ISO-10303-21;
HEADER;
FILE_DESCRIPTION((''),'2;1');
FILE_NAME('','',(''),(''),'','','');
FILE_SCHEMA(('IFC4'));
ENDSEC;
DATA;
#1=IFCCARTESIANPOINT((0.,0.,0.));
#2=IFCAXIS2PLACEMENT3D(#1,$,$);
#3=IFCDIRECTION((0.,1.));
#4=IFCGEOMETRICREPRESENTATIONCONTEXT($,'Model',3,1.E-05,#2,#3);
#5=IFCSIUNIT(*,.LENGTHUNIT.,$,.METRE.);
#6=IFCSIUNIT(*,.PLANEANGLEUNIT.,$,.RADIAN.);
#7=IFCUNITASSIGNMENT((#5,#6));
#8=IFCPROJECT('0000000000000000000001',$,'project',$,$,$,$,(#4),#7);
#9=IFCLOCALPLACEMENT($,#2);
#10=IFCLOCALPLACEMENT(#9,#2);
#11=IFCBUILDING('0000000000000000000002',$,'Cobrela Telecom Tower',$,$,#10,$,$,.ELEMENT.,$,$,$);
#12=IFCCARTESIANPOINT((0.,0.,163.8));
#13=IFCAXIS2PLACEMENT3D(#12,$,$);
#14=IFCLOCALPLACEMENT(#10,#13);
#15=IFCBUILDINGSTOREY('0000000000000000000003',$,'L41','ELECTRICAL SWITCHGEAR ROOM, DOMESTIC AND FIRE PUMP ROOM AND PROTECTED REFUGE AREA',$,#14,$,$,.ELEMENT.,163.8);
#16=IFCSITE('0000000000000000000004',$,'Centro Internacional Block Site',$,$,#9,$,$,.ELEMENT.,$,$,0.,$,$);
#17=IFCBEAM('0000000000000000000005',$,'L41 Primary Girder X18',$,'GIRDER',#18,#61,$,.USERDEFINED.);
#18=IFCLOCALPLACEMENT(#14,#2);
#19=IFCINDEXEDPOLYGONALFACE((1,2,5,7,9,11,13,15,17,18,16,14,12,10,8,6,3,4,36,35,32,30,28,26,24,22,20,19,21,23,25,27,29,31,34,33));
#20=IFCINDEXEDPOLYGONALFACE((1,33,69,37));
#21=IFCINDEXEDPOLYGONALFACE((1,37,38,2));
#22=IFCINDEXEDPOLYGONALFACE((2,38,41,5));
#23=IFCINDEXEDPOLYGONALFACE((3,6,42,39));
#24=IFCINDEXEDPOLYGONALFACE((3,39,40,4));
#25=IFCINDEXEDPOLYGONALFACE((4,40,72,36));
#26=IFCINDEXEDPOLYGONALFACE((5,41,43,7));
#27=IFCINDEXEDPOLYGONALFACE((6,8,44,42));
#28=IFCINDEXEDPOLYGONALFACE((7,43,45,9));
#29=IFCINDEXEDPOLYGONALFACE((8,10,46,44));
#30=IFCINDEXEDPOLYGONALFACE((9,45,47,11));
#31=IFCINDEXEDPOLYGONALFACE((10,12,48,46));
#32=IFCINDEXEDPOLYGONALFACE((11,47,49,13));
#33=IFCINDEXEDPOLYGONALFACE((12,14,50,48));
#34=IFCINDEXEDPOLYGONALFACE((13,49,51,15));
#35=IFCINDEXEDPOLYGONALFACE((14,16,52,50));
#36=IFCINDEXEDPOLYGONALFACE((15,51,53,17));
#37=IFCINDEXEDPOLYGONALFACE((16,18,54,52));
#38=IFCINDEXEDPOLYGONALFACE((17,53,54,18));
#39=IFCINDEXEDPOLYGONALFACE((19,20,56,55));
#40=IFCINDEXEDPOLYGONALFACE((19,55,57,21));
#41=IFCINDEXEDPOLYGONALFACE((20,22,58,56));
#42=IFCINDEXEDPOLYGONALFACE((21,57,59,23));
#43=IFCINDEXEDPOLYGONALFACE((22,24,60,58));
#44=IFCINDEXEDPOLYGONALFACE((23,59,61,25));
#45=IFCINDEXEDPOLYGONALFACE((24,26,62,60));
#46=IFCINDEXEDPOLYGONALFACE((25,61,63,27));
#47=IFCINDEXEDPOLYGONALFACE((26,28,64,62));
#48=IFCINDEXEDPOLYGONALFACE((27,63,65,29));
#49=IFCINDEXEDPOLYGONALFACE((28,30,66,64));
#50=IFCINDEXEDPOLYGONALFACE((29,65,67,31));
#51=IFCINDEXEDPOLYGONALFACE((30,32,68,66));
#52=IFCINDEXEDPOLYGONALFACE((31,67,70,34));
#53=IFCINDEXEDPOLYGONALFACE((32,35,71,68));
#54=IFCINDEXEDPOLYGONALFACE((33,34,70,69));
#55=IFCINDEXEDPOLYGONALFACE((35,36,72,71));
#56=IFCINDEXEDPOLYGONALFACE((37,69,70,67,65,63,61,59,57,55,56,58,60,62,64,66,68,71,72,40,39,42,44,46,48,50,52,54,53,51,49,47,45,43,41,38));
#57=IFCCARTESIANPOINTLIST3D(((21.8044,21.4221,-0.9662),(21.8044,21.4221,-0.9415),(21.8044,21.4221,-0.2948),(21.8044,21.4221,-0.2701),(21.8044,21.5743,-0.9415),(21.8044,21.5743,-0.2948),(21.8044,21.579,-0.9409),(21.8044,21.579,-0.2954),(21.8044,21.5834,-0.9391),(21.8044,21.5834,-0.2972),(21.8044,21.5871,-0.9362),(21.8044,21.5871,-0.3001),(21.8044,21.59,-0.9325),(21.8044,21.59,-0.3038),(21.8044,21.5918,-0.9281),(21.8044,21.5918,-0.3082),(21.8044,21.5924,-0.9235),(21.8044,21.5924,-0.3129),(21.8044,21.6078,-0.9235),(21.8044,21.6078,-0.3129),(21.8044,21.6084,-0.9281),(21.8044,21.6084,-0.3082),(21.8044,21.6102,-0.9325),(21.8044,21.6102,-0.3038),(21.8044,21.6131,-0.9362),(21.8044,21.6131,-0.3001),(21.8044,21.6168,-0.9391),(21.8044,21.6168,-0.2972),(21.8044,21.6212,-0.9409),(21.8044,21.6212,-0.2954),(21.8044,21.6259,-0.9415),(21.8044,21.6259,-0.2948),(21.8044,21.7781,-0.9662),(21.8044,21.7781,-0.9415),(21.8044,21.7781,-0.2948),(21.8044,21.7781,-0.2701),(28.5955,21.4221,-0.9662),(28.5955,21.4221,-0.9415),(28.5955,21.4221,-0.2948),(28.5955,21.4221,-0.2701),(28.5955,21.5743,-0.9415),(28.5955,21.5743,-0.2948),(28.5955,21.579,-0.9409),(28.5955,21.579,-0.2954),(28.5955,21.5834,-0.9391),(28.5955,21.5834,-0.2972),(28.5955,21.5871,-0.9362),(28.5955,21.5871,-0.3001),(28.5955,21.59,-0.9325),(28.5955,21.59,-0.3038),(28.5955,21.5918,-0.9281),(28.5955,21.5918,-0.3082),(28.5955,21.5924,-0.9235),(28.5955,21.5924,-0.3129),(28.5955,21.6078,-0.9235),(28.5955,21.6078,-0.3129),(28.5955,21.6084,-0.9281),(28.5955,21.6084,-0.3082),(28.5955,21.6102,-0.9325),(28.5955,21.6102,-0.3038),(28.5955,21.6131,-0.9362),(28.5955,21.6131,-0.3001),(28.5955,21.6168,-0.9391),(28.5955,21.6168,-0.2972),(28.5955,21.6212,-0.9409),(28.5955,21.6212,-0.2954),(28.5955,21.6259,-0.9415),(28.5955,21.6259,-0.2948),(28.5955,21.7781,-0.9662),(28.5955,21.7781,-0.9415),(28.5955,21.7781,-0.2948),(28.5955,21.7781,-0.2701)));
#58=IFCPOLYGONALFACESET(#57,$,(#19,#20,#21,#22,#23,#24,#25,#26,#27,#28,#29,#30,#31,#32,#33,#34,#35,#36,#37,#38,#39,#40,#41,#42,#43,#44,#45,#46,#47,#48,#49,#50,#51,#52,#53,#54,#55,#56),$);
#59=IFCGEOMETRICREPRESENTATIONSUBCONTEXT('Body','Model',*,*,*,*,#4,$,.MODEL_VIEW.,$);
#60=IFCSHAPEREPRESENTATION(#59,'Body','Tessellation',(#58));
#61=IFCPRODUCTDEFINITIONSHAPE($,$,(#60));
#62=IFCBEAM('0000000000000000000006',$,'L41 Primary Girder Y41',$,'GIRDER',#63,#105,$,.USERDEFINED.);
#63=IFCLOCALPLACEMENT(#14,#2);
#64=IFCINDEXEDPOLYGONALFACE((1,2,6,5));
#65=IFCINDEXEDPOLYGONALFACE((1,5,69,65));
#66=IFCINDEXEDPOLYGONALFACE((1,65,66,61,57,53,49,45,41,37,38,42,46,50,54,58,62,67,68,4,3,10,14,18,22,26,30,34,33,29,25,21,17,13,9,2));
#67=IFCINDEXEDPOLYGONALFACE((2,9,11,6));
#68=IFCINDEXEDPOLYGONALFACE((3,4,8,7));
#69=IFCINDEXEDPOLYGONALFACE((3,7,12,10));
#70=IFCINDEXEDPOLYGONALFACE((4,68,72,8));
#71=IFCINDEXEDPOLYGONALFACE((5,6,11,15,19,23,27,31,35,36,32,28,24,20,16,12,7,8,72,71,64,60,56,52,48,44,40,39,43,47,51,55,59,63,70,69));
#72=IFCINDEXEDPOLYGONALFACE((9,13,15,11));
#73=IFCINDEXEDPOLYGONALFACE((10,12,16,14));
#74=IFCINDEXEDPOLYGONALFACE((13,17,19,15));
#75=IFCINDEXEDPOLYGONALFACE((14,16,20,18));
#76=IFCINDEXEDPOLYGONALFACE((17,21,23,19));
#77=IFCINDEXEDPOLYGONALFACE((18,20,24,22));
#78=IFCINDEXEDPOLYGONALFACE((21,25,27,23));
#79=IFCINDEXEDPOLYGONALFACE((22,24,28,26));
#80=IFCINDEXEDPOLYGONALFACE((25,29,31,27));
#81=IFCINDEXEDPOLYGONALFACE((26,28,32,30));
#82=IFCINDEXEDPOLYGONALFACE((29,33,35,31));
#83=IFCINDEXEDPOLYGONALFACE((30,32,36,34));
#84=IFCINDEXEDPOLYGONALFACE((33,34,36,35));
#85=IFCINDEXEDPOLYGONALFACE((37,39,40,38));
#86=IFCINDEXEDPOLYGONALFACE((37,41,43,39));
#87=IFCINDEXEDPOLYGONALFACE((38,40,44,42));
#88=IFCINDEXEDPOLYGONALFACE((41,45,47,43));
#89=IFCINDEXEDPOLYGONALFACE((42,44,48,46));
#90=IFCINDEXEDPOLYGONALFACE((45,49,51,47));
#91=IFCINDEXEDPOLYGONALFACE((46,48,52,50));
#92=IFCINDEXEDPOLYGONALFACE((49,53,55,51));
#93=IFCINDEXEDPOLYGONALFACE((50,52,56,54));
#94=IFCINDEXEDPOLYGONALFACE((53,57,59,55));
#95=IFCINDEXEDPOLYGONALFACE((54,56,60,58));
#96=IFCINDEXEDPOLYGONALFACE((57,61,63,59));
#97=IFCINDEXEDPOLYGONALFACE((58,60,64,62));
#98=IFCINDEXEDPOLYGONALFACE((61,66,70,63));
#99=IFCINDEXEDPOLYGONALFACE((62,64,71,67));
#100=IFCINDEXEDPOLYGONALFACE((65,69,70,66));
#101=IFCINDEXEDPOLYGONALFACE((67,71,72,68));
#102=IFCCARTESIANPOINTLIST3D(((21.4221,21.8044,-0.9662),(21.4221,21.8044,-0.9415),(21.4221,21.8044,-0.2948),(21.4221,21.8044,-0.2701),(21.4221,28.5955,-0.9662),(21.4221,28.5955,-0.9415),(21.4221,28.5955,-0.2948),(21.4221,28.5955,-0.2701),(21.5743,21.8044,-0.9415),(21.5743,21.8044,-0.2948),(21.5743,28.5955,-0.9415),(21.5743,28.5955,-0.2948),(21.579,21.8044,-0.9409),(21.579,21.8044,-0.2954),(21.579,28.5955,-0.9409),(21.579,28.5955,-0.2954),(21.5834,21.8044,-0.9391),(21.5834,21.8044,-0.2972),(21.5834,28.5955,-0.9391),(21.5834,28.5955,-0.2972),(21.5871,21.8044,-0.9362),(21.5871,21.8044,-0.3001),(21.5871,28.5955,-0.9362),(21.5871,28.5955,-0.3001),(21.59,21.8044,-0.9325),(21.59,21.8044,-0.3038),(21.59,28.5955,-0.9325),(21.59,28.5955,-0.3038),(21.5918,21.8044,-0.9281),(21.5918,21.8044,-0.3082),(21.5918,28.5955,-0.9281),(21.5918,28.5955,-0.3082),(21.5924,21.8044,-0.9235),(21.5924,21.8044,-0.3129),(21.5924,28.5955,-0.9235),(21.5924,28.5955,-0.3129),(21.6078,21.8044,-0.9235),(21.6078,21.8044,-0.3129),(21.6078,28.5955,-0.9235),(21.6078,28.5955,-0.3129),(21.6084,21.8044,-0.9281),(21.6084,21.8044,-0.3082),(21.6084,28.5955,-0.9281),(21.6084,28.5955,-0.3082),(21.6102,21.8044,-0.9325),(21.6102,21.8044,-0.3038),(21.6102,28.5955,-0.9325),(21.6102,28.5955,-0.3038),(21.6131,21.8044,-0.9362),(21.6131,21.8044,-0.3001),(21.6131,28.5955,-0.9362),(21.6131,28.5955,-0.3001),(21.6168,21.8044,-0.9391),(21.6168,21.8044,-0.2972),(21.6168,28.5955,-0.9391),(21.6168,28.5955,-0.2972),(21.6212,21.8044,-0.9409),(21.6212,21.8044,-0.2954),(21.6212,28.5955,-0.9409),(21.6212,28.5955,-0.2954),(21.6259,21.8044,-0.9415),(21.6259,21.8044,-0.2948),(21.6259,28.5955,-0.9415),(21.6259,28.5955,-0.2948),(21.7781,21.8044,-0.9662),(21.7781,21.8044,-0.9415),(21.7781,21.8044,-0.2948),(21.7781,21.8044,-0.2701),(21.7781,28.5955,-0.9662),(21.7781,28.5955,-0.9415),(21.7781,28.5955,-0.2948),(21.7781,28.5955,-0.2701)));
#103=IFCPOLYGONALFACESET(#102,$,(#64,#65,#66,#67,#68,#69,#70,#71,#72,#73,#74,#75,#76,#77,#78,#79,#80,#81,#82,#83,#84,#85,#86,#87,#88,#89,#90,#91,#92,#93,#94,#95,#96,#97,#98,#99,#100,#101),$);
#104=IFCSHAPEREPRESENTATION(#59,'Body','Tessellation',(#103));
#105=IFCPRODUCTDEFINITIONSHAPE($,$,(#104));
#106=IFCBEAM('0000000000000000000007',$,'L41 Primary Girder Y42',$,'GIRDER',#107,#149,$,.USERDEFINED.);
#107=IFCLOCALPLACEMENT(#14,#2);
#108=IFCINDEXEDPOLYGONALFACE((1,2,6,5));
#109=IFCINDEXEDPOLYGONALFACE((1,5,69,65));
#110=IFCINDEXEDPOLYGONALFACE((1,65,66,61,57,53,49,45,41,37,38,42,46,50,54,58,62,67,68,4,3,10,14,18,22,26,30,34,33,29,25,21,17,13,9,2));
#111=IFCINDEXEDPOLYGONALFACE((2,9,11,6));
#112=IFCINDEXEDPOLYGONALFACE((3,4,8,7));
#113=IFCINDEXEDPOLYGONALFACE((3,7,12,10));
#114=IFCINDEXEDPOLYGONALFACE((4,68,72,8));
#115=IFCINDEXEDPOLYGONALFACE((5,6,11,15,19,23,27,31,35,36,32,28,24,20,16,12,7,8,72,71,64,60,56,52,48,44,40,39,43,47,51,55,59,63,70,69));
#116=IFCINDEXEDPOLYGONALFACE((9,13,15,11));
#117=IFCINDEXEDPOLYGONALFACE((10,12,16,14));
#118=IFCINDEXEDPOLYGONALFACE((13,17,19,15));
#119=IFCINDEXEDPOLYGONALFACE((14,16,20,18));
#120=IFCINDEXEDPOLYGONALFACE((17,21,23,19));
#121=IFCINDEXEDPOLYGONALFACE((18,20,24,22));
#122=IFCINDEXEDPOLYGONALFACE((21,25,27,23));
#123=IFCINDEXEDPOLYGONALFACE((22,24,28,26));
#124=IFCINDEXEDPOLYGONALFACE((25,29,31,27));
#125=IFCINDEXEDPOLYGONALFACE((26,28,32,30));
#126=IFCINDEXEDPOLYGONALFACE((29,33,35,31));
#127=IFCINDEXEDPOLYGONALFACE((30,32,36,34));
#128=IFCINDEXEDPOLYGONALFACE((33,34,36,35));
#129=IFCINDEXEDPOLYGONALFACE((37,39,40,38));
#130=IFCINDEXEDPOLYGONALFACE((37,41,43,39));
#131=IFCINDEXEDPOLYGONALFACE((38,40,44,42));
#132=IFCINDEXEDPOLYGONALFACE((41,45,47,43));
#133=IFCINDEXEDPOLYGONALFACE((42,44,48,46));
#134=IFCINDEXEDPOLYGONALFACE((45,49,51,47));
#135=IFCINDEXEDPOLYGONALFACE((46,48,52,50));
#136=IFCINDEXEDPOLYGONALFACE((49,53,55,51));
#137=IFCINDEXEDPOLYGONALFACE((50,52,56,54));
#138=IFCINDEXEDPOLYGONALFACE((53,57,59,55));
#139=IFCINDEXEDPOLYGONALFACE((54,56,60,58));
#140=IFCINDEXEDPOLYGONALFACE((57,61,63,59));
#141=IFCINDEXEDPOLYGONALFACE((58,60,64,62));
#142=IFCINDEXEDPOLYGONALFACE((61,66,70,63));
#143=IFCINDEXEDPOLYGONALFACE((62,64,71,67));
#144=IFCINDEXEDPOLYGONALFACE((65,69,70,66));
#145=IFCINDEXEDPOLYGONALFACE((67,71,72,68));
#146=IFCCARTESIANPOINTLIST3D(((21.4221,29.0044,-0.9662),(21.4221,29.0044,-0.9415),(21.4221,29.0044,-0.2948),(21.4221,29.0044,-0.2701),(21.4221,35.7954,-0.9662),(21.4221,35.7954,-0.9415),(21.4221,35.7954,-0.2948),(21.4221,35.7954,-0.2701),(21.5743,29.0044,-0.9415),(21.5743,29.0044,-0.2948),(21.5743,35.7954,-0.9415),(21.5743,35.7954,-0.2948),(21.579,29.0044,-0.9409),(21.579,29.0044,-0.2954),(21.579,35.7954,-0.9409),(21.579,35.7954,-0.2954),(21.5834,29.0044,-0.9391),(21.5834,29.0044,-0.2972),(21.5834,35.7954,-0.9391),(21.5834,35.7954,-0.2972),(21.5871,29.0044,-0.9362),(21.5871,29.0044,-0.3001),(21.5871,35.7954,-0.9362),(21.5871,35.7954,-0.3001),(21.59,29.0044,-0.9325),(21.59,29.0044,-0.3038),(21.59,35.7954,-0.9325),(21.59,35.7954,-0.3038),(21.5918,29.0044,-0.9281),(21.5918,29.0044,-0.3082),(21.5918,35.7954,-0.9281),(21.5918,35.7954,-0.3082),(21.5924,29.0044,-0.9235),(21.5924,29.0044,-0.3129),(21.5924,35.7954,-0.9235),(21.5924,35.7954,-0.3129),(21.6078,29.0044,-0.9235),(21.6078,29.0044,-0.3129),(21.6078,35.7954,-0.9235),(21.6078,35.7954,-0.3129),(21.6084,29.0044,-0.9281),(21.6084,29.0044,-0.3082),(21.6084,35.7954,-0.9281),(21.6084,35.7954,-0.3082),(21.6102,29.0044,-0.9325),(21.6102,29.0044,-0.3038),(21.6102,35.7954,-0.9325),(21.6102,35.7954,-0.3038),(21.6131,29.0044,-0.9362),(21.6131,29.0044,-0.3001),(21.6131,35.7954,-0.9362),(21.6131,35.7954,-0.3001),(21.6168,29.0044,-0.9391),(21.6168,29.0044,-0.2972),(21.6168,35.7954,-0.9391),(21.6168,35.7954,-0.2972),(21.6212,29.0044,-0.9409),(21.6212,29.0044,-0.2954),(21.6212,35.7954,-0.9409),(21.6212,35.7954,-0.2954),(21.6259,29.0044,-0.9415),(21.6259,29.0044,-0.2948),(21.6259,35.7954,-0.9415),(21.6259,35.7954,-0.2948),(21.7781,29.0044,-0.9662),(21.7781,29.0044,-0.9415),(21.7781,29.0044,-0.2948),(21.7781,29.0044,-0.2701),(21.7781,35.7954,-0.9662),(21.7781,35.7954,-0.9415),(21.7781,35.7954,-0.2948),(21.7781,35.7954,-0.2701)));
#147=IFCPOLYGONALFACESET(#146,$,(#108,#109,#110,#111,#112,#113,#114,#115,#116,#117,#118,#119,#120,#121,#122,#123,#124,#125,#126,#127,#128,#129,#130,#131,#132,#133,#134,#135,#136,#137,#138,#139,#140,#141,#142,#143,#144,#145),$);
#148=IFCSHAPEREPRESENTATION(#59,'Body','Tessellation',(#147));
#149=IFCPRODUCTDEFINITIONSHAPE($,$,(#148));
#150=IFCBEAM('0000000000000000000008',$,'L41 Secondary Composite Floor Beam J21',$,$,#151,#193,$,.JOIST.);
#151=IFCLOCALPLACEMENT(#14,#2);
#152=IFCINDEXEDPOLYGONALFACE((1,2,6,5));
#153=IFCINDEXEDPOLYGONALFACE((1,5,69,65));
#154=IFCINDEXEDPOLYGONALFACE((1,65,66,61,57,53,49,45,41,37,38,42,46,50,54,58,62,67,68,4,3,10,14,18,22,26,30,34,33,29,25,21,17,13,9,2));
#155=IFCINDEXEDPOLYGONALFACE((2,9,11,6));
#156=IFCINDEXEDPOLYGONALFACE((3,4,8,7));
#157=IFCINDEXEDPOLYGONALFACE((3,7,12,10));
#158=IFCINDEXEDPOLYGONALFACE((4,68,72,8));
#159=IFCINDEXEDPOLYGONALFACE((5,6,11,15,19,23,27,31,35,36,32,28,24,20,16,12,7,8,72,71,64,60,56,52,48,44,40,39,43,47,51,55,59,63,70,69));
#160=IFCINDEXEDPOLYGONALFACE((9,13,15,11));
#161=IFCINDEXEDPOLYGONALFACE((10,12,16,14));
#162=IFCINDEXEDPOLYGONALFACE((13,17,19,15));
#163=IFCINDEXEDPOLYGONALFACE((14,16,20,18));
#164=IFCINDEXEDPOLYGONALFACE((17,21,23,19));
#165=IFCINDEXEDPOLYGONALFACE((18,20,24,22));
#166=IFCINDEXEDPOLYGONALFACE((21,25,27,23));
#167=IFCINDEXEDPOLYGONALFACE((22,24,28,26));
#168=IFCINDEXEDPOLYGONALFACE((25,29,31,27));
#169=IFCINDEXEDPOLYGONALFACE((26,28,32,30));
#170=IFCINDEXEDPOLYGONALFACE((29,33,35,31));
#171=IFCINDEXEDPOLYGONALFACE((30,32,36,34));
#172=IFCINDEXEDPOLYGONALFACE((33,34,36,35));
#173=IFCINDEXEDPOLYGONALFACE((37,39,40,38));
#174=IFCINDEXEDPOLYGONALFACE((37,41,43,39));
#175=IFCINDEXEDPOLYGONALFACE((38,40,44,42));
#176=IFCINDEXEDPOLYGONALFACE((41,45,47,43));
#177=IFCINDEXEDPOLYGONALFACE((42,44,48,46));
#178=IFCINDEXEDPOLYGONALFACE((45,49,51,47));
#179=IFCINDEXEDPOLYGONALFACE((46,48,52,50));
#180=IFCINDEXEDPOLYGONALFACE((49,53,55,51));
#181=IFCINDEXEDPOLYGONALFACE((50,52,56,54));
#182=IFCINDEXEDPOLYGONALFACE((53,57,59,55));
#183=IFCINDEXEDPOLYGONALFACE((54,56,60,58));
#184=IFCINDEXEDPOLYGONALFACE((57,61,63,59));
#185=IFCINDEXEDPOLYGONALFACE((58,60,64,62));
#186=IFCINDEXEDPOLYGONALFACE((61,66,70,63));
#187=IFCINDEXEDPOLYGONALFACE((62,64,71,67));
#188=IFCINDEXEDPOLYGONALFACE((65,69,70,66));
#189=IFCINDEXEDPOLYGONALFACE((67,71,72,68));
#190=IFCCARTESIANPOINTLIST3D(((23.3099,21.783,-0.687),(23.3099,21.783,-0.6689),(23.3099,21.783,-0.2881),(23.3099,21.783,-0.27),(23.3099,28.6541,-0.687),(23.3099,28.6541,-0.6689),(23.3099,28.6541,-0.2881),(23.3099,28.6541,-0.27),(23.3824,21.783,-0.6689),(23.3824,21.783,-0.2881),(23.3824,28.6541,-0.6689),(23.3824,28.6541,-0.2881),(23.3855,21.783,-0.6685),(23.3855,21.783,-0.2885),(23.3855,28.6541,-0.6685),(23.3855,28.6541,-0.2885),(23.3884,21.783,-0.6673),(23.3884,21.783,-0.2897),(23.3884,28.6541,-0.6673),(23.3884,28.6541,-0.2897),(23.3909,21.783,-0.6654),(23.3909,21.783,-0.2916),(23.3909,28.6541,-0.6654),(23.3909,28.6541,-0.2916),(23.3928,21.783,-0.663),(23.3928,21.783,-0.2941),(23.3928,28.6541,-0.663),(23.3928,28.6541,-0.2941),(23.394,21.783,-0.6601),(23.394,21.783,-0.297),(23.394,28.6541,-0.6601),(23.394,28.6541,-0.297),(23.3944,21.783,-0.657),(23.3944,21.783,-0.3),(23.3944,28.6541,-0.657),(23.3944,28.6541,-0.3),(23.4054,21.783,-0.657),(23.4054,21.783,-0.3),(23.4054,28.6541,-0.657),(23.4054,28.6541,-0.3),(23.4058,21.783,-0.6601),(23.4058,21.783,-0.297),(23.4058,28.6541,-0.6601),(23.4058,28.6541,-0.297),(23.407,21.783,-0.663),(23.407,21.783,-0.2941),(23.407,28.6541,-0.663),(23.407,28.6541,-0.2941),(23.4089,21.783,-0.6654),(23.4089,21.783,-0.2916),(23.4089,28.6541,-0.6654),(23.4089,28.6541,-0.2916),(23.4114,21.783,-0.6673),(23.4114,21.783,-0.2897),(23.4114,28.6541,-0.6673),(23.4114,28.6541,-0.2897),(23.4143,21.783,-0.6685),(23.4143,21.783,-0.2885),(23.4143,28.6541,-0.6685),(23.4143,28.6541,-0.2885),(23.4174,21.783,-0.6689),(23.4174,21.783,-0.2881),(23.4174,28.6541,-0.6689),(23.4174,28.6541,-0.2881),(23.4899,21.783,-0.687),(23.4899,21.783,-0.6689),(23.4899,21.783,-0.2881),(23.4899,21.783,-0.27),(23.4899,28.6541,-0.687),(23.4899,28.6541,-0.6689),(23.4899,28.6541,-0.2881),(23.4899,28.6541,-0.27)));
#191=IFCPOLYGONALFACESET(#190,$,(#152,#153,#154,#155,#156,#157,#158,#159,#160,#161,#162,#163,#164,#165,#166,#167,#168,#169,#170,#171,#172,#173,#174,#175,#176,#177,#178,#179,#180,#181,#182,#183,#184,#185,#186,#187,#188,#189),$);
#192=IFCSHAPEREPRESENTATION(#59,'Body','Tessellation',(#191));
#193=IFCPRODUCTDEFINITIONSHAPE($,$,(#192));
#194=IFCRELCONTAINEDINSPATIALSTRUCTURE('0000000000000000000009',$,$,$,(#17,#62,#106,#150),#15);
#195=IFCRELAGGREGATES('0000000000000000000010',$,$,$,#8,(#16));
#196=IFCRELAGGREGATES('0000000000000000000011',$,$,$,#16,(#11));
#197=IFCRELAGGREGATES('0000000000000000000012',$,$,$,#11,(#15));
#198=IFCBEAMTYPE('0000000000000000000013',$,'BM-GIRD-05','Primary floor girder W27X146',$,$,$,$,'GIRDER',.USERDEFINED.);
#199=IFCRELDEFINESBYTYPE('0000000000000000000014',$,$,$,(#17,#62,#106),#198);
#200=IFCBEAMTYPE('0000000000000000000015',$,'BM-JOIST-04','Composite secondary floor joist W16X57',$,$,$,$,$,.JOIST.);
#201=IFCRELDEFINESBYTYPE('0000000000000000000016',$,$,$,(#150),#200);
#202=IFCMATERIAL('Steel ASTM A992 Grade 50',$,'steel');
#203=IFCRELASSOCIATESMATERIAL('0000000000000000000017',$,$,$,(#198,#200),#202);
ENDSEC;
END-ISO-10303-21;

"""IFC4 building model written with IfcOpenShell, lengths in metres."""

from ifc_helpers import new_model, si_unit, direction, frame, origin, origin_2d, place, context, subcontext, project, spatial, i_section, extrude, material, material_profile, profile_set, type_object, element, save


model = new_model("IFC4")

# Units and contexts
model_context = context("Model", 3, precision=1e-05, world=origin(), true_north=direction((0.0, 1.0)))
body_context = subcontext(model_context, "Body", "Model", "MODEL_VIEW")
ifc_project = project(units=[si_unit("LENGTHUNIT", "METRE"), si_unit("PLANEANGLEUNIT", "RADIAN")], contexts=[model_context])

# Site, building, storey
site_placement = place(None, origin())
site = spatial("IfcSite", under=ifc_project, at=site_placement, Name="Centro Internacional Block Site", CompositionType="ELEMENT", RefElevation=0.0)
building_placement = place(site_placement, origin())
building = spatial("IfcBuilding", under=site, at=building_placement, Name="Cobrela Telecom Tower", CompositionType="ELEMENT")
storey_placement = place(building_placement, frame((0.0, 0.0, 163.8)))
storey = spatial("IfcBuildingStorey", under=building, at=storey_placement, Name="L41", Description="ELECTRICAL SWITCHGEAR ROOM, DOMESTIC AND FIRE PUMP ROOM AND PROTECTED REFUGE AREA", CompositionType="ELEMENT", Elevation=163.8)

# Shared definitions
ifc_material_1 = material(Name="Steel ASTM A992 Grade 50", Category="steel")

# Beams
ifc_material_profile_1 = material_profile(ifc_material_1, i_section(OverallWidth=0.356, OverallDepth=0.696, WebThickness=0.0154, FlangeThickness=0.0247, FilletRadius=0.0181, at=origin_2d()), Name="W27X146")
ifc_profile_set_1 = profile_set([ifc_material_profile_1], Name="Steel ASTM A992 Grade 50")
beam_type_1 = type_object("IfcBeamType", Name="BM-GIRD-05", Description="Primary floor girder W27X146", ElementType="GIRDER", PredefinedType="USERDEFINED", material=ifc_profile_set_1)
for number, where, z_axis, x_axis, name in (
    (1, (21.8044, 21.6001, -0.6182), (1.0, 0.0, 0.0), (0.0, 1.0, 0.0), "L41 Primary Girder X18"),
    (2, (21.6001, 21.8044, -0.6182), (0.0, 1.0, 0.0), (-1.0, 0.0, 0.0), "L41 Primary Girder Y41"),
    (3, (21.6001, 29.0044, -0.6182), (0.0, 1.0, 0.0), (-1.0, 0.0, 0.0), "L41 Primary Girder Y42"),
):
    element("IfcBeam", number, at=place(storey_placement, frame(where, z_axis=z_axis, x_axis=x_axis)), inside=storey, type_object=beam_type_1, Name=name, ObjectType="GIRDER", PredefinedType="USERDEFINED", context=body_context, shape_type="SweptSolid", body=[
        extrude(i_section(OverallWidth=0.356, OverallDepth=0.696, WebThickness=0.0154, FlangeThickness=0.0247, FilletRadius=0.0181, at=origin_2d()), origin(), (0.0, 0.0, 1.0), 6.791),
    ])
ifc_material_profile_2 = material_profile(ifc_material_1, i_section(OverallWidth=0.1799, OverallDepth=0.417, WebThickness=0.011, FlangeThickness=0.0181, FilletRadius=0.012, at=origin_2d()), Name="W16X57")
ifc_profile_set_2 = profile_set([ifc_material_profile_2], Name="Steel ASTM A992 Grade 50")
beam_type_2 = type_object("IfcBeamType", Name="BM-JOIST-04", Description="Composite secondary floor joist W16X57", PredefinedType="JOIST", material=ifc_profile_set_2)
beam_1_placement = place(storey_placement, frame((23.3999, 21.783, -0.4785), z_axis=(0.0, 1.0, 0.0), x_axis=(-1.0, 0.0, 0.0)))
element("IfcBeam", 4, at=beam_1_placement, inside=storey, type_object=beam_type_2, Name="L41 Secondary Composite Floor Beam J21", PredefinedType="JOIST", context=body_context, shape_type="SweptSolid", body=[
    extrude(i_section(OverallWidth=0.1799, OverallDepth=0.417, WebThickness=0.011, FlangeThickness=0.0181, FilletRadius=0.012, at=origin_2d()), origin(), (0.0, 0.0, 1.0), 6.8711),
])

save(model, "model.ifc")
